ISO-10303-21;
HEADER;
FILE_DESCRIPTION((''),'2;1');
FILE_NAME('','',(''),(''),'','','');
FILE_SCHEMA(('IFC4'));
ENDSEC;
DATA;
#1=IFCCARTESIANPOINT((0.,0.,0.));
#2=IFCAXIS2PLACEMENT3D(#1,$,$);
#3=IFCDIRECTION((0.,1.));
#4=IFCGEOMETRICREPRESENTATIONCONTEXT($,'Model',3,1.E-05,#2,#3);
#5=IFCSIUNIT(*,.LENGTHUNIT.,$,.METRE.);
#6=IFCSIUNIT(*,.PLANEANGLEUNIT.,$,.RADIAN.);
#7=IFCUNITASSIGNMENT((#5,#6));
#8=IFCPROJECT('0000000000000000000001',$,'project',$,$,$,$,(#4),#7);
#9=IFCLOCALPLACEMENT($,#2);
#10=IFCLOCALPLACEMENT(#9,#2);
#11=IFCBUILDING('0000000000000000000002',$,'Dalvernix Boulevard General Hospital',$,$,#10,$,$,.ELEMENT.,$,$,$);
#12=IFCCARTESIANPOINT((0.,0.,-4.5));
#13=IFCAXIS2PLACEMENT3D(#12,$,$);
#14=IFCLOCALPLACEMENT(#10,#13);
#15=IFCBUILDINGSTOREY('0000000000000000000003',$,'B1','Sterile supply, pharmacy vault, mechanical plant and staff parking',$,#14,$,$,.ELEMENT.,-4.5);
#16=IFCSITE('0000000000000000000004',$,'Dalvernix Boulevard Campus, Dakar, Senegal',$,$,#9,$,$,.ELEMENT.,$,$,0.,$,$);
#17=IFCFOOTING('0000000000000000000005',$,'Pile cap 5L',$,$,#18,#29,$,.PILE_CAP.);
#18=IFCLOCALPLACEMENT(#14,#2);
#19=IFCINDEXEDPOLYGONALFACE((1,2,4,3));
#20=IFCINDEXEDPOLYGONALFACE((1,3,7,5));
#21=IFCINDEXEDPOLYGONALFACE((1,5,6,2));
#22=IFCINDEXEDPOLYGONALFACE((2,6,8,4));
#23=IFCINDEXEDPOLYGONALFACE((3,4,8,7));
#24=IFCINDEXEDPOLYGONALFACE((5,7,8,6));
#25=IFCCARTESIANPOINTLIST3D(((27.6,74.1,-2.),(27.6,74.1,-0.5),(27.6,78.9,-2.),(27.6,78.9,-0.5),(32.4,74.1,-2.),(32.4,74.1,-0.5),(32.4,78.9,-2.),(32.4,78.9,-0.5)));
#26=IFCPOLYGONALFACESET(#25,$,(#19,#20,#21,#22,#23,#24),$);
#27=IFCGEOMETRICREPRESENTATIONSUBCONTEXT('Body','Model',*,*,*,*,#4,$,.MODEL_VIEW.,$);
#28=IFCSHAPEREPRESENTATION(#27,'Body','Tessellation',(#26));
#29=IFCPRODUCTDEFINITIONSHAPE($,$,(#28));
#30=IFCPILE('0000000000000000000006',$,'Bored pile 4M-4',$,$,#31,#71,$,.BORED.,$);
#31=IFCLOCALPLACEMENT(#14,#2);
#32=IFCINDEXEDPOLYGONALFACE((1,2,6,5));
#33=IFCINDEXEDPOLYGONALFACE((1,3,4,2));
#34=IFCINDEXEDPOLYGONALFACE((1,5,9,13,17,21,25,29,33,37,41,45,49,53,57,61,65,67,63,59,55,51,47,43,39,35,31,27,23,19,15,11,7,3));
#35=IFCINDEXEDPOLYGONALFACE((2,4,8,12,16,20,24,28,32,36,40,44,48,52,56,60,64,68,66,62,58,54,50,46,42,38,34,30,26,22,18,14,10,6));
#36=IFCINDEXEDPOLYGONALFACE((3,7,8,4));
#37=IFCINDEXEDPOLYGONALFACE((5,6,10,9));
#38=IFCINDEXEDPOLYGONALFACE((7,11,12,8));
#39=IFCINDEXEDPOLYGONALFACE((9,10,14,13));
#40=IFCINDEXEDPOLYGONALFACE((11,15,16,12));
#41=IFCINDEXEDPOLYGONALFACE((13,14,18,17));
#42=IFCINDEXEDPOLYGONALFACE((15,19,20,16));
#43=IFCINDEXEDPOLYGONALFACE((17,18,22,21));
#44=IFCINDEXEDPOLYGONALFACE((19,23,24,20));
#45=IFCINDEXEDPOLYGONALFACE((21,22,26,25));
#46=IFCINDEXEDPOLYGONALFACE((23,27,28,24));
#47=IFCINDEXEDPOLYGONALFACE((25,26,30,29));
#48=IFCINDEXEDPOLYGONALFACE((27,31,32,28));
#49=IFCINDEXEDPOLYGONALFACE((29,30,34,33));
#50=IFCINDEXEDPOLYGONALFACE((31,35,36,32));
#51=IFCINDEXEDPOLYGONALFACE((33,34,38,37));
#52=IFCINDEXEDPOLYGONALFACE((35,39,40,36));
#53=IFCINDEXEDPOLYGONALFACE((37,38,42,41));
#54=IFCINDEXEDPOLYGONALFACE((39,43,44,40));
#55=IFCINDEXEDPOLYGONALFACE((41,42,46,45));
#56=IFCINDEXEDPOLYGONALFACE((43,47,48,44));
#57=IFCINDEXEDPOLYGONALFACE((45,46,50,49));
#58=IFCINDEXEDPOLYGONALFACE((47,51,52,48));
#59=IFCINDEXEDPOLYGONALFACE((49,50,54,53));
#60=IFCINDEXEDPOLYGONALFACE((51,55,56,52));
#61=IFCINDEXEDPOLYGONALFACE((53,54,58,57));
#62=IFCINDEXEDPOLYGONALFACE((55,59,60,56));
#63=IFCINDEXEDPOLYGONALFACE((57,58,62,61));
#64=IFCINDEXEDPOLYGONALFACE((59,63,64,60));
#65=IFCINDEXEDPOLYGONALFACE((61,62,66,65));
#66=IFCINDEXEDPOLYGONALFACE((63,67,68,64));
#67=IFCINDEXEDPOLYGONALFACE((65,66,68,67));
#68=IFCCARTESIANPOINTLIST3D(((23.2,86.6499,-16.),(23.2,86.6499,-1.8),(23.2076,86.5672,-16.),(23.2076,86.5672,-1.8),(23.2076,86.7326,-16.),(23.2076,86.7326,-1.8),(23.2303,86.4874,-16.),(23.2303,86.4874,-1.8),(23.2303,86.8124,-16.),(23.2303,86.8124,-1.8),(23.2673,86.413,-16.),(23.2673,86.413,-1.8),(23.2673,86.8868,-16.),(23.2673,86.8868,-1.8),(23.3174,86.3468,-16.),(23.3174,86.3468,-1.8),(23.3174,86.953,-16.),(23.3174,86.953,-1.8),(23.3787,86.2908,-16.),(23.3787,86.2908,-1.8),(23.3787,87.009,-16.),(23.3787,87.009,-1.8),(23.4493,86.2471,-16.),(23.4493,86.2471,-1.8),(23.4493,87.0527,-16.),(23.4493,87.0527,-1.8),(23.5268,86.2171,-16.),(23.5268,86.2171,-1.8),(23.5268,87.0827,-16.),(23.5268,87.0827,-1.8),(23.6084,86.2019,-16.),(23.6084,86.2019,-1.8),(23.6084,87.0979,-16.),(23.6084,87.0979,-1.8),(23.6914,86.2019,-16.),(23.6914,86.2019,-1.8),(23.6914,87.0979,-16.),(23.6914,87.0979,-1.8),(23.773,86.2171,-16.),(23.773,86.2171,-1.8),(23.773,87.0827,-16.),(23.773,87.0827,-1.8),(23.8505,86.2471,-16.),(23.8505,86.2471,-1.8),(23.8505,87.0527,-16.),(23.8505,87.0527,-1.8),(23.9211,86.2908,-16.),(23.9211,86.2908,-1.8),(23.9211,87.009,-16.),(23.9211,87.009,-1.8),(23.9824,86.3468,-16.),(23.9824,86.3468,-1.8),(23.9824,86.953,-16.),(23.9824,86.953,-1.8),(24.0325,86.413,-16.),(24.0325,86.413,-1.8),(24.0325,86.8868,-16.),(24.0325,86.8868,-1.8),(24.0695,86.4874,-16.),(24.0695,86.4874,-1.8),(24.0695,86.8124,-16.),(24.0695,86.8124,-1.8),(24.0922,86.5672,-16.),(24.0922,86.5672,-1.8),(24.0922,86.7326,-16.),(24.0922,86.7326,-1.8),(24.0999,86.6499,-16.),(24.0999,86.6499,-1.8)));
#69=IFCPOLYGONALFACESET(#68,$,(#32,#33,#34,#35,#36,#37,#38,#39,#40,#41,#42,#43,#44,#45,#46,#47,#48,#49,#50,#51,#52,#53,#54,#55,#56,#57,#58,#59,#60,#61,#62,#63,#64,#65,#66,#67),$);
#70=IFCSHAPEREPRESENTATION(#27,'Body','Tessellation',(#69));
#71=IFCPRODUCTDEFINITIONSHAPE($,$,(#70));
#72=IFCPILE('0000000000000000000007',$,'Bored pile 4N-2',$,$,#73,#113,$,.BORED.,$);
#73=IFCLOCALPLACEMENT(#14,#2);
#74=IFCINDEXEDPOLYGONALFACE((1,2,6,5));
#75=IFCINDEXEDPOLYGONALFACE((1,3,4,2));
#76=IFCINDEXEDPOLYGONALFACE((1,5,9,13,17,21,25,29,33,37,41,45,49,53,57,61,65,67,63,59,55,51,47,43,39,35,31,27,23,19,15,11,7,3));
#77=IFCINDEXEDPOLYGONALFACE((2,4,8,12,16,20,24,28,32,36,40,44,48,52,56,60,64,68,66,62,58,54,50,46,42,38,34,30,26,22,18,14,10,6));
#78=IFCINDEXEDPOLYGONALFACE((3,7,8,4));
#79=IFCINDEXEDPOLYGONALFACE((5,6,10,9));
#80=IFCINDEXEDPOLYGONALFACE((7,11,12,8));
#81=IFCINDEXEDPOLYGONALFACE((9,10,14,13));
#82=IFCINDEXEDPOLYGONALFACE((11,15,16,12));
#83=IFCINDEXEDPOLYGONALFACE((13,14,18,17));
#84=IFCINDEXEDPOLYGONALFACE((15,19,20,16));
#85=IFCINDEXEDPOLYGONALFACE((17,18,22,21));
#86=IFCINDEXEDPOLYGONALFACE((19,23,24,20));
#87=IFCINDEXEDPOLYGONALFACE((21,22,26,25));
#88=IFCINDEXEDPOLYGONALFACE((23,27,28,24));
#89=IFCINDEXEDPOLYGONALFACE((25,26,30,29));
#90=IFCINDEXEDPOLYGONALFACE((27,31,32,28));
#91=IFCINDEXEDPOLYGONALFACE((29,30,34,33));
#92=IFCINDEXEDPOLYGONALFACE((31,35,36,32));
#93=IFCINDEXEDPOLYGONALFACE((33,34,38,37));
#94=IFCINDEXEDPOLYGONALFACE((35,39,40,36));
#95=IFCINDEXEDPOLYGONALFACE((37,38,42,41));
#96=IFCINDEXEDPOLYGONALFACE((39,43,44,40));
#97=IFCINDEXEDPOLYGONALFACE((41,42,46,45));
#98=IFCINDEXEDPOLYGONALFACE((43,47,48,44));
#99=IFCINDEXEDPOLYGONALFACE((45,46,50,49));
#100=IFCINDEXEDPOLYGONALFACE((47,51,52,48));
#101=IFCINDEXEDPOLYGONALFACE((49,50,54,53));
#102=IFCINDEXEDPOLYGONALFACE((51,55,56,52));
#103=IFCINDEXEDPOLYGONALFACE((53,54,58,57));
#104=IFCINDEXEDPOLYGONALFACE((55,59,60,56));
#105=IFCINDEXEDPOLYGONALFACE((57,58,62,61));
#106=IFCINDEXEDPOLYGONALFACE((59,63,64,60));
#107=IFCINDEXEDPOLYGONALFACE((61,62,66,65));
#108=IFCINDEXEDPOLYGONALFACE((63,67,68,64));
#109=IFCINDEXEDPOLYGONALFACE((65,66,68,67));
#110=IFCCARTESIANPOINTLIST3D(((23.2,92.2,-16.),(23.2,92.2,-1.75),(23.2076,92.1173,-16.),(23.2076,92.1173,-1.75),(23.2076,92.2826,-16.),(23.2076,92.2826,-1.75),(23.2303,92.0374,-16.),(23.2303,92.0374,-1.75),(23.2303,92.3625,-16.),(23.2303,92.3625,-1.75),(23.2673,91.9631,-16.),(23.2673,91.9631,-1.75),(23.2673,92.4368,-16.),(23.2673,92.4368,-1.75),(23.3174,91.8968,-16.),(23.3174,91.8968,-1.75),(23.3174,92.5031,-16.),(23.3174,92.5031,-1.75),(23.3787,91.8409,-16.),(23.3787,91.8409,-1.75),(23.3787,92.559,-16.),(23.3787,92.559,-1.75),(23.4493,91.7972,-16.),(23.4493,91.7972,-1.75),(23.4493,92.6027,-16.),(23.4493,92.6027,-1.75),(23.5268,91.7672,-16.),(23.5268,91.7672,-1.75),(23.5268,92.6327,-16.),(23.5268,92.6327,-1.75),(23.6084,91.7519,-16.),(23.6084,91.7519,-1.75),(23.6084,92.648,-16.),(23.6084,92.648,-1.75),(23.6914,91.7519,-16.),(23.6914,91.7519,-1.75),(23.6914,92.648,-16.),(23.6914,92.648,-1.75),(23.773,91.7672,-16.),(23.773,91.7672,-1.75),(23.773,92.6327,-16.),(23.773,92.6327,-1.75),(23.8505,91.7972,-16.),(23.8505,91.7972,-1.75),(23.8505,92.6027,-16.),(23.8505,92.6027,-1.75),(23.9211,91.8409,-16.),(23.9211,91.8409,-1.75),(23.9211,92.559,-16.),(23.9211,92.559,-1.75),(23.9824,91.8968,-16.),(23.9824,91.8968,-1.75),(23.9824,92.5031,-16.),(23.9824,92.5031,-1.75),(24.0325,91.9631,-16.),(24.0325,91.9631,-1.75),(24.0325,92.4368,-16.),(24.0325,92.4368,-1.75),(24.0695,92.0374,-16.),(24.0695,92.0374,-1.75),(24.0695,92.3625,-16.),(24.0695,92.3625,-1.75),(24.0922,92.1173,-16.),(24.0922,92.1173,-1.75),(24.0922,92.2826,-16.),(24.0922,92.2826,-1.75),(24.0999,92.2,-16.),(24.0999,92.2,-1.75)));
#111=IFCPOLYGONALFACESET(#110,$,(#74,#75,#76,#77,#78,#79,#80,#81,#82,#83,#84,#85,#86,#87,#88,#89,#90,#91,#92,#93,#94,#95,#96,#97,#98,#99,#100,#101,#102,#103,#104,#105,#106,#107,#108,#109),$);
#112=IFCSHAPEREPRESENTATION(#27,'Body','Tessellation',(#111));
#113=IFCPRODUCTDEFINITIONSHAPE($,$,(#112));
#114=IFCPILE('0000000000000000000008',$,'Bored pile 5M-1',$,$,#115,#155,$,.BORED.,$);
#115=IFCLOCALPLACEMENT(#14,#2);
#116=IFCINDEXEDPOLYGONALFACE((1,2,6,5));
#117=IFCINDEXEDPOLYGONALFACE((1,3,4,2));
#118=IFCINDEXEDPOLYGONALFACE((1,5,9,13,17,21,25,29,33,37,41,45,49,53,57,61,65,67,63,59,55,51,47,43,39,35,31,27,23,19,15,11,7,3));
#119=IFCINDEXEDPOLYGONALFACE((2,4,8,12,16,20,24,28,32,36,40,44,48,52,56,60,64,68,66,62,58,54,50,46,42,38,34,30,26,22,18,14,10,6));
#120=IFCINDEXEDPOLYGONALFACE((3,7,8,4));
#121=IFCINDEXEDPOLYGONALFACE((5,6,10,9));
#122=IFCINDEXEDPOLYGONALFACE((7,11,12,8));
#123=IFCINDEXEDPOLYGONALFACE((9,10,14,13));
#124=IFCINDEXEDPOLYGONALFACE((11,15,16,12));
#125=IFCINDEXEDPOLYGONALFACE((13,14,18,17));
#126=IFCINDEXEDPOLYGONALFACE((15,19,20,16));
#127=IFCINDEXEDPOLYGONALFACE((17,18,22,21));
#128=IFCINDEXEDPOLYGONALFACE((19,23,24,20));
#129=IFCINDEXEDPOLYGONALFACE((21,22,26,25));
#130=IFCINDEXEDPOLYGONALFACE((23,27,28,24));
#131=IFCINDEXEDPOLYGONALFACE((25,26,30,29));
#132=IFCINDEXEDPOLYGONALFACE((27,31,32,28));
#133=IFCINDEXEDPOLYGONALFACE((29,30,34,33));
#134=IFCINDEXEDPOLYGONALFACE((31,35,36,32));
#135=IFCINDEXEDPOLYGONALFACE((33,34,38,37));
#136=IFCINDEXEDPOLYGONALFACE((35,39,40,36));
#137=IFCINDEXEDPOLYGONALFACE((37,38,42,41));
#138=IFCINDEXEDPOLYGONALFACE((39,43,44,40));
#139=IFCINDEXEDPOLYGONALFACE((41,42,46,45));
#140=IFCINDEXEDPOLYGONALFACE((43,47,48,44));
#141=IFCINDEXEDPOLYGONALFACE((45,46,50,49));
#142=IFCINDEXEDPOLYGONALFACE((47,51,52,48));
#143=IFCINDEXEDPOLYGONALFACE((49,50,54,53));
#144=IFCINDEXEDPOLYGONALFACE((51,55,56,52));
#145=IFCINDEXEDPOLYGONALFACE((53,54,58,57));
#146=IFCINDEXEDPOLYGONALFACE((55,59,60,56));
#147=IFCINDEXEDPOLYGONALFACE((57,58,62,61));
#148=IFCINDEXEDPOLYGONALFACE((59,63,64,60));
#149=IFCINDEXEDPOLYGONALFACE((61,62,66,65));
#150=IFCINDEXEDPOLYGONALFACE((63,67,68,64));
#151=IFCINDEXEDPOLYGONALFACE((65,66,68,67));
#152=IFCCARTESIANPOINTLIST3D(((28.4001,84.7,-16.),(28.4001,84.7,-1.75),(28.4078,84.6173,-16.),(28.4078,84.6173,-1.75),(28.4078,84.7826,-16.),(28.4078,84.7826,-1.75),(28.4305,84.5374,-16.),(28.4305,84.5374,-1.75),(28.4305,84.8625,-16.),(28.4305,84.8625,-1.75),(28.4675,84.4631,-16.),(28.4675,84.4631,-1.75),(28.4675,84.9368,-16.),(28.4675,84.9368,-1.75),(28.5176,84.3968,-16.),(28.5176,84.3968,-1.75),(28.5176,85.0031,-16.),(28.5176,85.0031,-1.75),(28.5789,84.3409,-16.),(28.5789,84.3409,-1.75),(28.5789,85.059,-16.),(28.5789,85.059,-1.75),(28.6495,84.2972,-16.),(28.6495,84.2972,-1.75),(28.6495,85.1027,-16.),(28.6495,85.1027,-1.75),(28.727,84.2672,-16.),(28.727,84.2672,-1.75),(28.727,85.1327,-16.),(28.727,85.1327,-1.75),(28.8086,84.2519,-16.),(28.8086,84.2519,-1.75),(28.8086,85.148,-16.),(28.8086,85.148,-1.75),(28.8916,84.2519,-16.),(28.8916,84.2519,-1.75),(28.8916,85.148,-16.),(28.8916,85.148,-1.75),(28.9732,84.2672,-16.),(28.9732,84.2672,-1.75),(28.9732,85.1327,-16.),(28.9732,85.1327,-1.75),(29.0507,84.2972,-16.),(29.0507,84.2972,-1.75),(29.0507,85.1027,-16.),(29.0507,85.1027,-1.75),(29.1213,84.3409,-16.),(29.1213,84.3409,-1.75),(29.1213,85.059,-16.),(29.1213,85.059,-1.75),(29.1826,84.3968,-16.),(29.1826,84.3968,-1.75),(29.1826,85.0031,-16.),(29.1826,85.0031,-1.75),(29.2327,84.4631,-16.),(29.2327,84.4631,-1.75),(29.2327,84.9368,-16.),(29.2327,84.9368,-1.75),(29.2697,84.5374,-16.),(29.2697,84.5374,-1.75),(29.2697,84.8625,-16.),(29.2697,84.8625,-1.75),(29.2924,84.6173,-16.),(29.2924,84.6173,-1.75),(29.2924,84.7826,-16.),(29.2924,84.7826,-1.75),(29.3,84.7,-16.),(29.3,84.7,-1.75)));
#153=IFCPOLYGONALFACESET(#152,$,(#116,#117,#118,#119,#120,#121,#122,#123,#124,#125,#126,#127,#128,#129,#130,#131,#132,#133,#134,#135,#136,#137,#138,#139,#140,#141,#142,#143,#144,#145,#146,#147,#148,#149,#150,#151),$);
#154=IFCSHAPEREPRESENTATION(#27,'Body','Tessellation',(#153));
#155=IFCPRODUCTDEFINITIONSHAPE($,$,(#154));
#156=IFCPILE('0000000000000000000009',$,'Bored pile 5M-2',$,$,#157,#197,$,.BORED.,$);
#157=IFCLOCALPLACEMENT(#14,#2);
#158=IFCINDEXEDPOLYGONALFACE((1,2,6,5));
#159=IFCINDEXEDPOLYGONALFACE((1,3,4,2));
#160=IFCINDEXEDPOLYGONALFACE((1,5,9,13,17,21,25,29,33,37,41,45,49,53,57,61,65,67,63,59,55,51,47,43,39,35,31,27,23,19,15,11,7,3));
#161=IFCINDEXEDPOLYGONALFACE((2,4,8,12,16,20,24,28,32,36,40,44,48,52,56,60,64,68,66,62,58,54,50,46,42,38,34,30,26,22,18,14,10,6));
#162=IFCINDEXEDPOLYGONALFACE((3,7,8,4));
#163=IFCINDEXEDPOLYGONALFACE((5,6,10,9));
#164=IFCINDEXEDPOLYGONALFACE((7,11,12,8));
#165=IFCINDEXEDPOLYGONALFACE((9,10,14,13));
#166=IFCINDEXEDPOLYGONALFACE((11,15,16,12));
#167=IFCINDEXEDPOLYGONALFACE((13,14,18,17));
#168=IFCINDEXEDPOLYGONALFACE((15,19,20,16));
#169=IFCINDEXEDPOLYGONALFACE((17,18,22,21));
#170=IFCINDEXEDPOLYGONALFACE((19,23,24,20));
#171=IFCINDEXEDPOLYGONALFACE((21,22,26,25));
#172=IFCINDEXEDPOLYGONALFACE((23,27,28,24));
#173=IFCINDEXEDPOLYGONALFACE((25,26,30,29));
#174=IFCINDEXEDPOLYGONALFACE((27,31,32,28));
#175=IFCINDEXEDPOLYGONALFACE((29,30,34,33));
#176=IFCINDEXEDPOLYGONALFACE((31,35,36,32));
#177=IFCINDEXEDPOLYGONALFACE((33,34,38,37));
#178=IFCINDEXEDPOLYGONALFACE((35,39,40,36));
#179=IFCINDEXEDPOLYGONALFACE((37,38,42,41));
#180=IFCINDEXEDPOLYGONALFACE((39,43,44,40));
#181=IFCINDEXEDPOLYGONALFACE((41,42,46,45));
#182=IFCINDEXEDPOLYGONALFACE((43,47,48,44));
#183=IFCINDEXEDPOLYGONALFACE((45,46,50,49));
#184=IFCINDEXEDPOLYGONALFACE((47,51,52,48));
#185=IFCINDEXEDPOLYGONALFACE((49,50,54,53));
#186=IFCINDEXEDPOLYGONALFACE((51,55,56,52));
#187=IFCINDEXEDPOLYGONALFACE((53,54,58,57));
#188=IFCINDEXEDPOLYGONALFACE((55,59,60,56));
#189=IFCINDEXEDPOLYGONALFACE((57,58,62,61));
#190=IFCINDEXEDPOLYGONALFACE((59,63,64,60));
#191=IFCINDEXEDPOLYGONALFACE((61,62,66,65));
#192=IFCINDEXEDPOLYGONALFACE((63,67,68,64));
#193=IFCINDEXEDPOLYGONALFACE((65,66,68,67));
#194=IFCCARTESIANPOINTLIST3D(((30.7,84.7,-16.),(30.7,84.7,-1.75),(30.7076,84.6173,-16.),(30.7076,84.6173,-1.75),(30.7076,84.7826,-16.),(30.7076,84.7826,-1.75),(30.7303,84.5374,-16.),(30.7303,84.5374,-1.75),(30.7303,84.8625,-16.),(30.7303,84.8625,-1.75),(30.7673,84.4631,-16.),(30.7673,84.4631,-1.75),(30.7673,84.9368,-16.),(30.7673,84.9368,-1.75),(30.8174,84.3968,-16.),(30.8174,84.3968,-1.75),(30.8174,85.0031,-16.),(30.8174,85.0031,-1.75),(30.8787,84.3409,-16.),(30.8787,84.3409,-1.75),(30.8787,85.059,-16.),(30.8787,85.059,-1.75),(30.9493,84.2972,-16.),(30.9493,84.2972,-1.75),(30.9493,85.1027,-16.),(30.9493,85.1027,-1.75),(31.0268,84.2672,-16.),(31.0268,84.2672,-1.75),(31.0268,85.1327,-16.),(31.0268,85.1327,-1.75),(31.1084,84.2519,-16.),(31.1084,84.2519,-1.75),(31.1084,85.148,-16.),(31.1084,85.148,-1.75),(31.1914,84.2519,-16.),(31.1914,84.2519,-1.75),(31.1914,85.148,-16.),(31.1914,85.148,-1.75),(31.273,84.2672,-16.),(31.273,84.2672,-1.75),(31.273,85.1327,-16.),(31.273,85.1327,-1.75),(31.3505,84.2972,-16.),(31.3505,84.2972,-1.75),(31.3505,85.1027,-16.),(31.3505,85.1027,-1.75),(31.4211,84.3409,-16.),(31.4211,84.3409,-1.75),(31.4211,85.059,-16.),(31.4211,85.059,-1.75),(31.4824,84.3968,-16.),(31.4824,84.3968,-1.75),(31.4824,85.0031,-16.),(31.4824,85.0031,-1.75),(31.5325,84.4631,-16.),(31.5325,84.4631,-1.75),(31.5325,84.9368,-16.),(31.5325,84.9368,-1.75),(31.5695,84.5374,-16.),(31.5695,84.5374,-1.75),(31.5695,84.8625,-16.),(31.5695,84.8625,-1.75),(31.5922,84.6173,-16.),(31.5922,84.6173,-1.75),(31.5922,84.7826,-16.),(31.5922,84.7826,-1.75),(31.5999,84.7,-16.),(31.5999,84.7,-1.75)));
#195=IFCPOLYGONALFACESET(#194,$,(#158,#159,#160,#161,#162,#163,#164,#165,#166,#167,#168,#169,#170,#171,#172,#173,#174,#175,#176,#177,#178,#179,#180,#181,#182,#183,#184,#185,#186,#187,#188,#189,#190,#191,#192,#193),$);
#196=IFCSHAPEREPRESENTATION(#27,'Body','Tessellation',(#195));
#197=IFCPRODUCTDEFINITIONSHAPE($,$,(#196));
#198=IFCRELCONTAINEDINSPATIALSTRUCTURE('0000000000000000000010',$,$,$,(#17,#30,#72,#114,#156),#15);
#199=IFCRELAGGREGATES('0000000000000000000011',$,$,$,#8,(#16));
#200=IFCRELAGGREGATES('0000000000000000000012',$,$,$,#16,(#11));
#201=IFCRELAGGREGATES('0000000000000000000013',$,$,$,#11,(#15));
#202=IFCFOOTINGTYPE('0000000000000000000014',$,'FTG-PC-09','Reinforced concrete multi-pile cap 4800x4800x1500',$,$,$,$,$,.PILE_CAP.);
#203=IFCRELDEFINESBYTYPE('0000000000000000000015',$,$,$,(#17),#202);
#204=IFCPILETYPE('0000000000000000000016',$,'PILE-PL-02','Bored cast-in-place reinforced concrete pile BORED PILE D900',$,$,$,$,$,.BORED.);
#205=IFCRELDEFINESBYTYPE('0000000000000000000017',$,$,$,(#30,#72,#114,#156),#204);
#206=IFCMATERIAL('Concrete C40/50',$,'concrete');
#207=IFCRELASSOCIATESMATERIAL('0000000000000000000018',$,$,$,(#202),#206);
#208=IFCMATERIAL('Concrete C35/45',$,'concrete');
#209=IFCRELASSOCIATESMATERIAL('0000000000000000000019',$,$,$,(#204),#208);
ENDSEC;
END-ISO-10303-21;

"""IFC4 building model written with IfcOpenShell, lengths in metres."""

from ifc_helpers import new_model, si_unit, direction, frame, origin, origin_2d, place, context, subcontext, project, spatial, rectangle, circle, extrude, material, material_profile, profile_set, type_object, element, save


model = new_model("IFC4")

# Units and contexts
model_context = context("Model", 3, precision=1e-05, world=origin(), true_north=direction((0.0, 1.0)))
body_context = subcontext(model_context, "Body", "Model", "MODEL_VIEW")
ifc_project = project(units=[si_unit("LENGTHUNIT", "METRE"), si_unit("PLANEANGLEUNIT", "RADIAN")], contexts=[model_context])

# Site, building, storey
site_placement = place(None, origin())
site = spatial("IfcSite", under=ifc_project, at=site_placement, Name="Dalvernix Boulevard Campus, Dakar, Senegal", CompositionType="ELEMENT", RefElevation=0.0)
building_placement = place(site_placement, origin())
building = spatial("IfcBuilding", under=site, at=building_placement, Name="Dalvernix Boulevard General Hospital", CompositionType="ELEMENT")
storey_placement = place(building_placement, frame((0.0, 0.0, -4.5)))
storey = spatial("IfcBuildingStorey", under=building, at=storey_placement, Name="B1", Description="Sterile supply, pharmacy vault, mechanical plant and staff parking", CompositionType="ELEMENT", Elevation=-4.5)

# Footing
ifc_material_1 = material(Name="Concrete C35/45", Category="concrete")
ifc_material_2 = material(Name="Concrete C40/50", Category="concrete")
footing_type_1 = type_object("IfcFootingType", Name="FTG-PC-09", Description="Reinforced concrete multi-pile cap 4800x4800x1500", PredefinedType="PILE_CAP", material=ifc_material_2)
footing_1_placement = place(storey_placement, frame((30.0, 76.5, -2.0), z_axis=(0.0, 0.0, 1.0), x_axis=(1.0, 0.0, 0.0)))
element("IfcFooting", 1, at=footing_1_placement, inside=storey, type_object=footing_type_1, Name="Pile cap 5L", PredefinedType="PILE_CAP", context=body_context, shape_type="SweptSolid", body=[
    extrude(rectangle(XDim=4.8, YDim=4.8, at=origin_2d()), origin(), (0.0, 0.0, 1.0), 1.5),
])

# Piles
ifc_material_profile_1 = material_profile(ifc_material_1, circle(Radius=0.45, at=origin_2d()), Name="BORED PILE D900")
ifc_profile_set_1 = profile_set([ifc_material_profile_1], Name="Concrete C35/45")
pile_type_1 = type_object("IfcPileType", Name="PILE-PL-02", Description="Bored cast-in-place reinforced concrete pile BORED PILE D900", PredefinedType="BORED", material=ifc_profile_set_1)
pile_placement = place(storey_placement, frame((23.6499, 86.6499, -1.8), z_axis=(0.0, 0.0, -1.0), x_axis=(1.0, 0.0, 0.0)))
element("IfcPile", 2, at=pile_placement, inside=storey, type_object=pile_type_1, Name="Bored pile 4M-4", PredefinedType="BORED", context=body_context, shape_type="SweptSolid", body=[
    extrude(circle(Radius=0.45, at=origin_2d()), origin(), (0.0, 0.0, 1.0), 14.2),
])
for number, where, z_axis, x_axis, name in (
    (3, (23.6499, 92.2, -1.75), (0.0, 0.0, -1.0), (1.0, 0.0, 0.0), "Bored pile 4N-2"),
    (4, (28.8501, 84.7, -1.75), (0.0, 0.0, -1.0), (1.0, 0.0, 0.0), "Bored pile 5M-1"),
    (5, (31.1499, 84.7, -1.75), (0.0, 0.0, -1.0), (1.0, 0.0, 0.0), "Bored pile 5M-2"),
):
    element("IfcPile", number, at=place(storey_placement, frame(where, z_axis=z_axis, x_axis=x_axis)), inside=storey, type_object=pile_type_1, Name=name, PredefinedType="BORED", context=body_context, shape_type="SweptSolid", body=[
        extrude(circle(Radius=0.45, at=origin_2d()), origin(), (0.0, 0.0, 1.0), 14.25),
    ])

save(model, "model.ifc")
